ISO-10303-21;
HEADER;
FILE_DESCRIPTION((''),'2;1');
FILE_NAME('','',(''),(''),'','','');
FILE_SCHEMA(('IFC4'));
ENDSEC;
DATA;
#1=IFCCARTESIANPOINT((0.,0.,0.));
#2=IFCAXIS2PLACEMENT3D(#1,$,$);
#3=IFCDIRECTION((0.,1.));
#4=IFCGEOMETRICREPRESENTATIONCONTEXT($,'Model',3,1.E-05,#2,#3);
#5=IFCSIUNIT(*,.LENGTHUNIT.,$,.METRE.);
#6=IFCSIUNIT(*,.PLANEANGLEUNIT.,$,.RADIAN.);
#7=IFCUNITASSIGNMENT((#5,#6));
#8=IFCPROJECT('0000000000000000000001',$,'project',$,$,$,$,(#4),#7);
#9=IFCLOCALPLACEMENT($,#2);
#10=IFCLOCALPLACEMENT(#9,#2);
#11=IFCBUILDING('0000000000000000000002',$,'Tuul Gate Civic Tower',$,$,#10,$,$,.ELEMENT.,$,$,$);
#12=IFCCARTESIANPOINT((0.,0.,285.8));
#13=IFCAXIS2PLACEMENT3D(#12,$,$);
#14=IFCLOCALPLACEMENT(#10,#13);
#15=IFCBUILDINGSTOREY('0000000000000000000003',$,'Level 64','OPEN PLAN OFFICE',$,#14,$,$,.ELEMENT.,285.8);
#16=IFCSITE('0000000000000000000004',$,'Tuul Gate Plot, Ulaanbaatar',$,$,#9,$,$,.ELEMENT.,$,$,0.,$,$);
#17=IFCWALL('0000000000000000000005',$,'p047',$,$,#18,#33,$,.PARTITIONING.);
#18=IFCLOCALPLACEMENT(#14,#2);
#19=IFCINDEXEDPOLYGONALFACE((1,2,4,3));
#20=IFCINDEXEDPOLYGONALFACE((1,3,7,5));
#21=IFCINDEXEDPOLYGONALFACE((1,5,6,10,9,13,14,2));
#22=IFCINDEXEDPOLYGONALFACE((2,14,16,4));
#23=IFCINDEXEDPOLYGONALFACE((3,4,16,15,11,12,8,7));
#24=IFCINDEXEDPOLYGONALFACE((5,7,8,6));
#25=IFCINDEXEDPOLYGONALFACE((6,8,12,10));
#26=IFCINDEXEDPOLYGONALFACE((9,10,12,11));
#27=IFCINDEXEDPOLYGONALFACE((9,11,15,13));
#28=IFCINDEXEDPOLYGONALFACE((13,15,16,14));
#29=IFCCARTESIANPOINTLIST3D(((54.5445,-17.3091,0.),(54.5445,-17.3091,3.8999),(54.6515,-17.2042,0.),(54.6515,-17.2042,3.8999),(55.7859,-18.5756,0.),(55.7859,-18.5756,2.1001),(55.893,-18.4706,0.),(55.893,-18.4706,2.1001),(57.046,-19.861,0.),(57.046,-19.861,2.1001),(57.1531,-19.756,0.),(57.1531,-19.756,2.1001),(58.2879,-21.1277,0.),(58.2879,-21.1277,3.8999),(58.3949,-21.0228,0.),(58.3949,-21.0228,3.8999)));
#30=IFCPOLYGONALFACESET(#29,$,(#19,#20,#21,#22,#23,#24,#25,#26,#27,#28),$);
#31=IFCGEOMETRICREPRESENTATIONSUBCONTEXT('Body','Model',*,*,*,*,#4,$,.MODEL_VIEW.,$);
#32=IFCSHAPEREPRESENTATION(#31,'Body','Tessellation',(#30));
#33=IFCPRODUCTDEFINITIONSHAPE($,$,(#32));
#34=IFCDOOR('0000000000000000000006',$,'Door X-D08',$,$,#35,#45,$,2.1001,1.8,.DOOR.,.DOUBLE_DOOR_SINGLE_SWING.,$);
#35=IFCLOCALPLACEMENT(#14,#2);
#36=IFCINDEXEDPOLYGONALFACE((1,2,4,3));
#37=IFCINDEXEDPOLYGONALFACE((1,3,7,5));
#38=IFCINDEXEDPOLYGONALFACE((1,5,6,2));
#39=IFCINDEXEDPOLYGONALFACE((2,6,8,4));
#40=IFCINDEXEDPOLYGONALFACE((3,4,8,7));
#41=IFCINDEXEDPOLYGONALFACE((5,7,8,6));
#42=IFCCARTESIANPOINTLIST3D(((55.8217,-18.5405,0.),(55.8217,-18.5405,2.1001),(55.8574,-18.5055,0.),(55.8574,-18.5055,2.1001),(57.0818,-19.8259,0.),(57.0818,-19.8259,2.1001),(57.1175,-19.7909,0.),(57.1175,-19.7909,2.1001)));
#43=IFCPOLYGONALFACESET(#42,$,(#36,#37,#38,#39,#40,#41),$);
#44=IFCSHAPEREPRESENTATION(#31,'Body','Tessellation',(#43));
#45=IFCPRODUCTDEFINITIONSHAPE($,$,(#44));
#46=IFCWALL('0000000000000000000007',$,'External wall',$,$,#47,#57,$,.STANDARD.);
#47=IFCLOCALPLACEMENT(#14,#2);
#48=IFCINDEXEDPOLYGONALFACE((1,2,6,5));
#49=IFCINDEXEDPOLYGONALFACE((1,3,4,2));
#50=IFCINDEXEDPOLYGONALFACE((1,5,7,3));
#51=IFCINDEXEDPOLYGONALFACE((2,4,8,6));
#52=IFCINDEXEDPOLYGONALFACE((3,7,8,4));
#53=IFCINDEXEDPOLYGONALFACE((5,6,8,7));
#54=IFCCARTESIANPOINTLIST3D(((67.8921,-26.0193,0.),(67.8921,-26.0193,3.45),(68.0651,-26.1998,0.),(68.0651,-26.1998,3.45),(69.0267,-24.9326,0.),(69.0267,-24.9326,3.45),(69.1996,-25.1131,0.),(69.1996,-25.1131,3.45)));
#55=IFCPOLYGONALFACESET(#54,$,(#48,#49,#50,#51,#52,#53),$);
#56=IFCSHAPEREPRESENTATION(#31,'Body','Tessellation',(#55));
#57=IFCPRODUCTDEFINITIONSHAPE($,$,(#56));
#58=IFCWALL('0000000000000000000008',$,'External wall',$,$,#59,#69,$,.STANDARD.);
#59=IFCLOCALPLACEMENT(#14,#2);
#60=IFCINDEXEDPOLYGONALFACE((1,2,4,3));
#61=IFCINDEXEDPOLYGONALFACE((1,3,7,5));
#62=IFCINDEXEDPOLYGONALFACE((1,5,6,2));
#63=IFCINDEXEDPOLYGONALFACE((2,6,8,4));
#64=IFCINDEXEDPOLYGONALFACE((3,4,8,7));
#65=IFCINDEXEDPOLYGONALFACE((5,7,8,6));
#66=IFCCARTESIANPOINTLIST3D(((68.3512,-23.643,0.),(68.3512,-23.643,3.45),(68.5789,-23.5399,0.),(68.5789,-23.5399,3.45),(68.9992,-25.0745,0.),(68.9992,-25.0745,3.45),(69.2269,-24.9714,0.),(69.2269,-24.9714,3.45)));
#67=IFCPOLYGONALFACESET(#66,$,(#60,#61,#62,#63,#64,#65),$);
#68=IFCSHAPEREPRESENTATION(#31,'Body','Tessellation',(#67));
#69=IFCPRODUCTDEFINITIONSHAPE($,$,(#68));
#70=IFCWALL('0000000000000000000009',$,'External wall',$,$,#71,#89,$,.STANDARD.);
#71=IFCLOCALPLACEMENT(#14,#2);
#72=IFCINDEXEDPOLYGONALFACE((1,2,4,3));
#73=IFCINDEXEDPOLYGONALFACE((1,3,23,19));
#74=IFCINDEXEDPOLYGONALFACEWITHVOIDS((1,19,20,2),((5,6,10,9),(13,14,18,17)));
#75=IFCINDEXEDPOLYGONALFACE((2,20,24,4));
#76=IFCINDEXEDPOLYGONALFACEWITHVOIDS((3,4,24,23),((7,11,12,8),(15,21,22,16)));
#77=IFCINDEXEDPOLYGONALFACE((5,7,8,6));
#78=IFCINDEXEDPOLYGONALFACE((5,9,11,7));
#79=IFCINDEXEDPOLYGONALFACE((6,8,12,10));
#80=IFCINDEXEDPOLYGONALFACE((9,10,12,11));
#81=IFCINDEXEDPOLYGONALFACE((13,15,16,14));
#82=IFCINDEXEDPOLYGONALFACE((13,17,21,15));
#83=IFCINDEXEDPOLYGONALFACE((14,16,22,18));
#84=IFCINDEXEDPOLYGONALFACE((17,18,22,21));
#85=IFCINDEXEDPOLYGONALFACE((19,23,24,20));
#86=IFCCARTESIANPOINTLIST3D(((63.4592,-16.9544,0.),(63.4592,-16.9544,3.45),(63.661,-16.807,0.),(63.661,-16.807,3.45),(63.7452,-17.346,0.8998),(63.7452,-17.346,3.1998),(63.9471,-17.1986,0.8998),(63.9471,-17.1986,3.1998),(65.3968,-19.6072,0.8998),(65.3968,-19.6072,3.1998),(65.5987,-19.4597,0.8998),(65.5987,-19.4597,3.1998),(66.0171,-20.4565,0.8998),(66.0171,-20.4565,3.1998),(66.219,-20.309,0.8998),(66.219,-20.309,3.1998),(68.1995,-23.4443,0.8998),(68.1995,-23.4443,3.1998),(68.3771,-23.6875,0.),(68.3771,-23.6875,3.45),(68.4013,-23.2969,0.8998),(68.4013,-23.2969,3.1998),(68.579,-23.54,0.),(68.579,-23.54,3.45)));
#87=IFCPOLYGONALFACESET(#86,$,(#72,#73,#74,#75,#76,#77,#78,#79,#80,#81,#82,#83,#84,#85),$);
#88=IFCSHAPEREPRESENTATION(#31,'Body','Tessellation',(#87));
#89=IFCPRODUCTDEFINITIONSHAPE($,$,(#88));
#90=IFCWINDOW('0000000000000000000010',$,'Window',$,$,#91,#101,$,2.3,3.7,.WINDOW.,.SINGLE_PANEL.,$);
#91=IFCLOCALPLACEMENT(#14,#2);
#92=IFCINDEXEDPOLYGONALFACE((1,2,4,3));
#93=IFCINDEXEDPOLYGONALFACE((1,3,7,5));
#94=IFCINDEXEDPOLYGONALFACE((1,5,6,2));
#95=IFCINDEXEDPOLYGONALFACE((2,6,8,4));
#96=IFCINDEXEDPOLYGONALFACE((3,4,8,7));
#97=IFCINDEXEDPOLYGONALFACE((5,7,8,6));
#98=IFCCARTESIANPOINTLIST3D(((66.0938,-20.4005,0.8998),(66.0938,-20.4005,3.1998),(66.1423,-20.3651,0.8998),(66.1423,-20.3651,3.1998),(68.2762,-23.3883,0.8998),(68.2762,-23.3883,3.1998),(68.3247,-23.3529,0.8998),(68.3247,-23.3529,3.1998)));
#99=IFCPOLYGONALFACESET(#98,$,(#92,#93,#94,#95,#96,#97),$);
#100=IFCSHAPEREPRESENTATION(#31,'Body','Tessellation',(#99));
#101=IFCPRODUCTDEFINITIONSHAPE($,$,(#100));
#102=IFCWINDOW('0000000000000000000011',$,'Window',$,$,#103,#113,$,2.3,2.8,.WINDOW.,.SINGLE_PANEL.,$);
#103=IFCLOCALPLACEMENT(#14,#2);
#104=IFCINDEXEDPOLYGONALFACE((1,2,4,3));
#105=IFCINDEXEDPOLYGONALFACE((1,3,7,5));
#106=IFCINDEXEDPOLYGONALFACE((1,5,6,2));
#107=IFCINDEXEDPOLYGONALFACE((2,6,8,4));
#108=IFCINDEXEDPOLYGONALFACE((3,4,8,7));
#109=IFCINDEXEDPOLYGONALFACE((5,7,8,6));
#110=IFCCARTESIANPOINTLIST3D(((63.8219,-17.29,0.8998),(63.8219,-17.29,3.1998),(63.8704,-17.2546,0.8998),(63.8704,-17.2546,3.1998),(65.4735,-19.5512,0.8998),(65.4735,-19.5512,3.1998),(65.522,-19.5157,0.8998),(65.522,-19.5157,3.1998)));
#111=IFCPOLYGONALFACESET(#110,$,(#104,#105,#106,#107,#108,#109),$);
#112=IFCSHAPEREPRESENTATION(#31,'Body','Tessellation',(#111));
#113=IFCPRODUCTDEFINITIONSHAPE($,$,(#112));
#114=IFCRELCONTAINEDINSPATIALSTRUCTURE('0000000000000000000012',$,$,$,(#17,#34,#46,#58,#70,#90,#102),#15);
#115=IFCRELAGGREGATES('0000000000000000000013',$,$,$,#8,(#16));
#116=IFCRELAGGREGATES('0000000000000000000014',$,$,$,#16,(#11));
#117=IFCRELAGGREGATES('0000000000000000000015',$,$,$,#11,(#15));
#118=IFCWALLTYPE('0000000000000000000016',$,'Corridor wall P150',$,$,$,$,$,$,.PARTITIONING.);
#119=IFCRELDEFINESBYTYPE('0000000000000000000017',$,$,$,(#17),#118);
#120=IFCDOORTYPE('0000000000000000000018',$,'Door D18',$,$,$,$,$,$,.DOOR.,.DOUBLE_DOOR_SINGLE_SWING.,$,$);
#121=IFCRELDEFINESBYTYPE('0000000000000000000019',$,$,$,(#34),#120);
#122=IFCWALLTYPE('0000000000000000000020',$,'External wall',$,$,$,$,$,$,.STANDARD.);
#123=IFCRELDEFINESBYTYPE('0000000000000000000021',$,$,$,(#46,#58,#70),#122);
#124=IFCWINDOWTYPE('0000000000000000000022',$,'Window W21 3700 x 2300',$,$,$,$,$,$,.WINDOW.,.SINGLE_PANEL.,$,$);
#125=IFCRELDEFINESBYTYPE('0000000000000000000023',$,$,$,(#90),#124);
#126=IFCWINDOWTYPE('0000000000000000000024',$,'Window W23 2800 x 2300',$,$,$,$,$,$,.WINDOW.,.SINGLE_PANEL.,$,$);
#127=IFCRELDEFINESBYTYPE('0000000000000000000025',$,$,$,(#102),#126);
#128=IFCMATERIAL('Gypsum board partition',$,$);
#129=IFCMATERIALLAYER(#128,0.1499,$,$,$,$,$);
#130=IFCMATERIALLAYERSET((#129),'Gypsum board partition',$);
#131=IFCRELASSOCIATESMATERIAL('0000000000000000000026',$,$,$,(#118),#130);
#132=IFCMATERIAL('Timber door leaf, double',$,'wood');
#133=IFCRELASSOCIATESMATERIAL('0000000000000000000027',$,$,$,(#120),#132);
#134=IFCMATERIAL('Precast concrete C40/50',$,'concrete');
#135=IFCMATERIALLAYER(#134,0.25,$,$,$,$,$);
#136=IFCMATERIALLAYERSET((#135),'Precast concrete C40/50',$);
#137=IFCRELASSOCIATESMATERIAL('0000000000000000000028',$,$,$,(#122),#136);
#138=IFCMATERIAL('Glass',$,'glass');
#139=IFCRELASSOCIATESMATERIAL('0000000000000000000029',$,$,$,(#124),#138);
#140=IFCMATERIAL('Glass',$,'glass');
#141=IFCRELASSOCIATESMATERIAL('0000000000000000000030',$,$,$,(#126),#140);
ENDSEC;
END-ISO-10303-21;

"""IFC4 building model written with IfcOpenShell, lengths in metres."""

from ifc_helpers import new_model, si_unit, direction, frame, frame_2d, origin, place, context, subcontext, project, spatial, rectangle, extrude, material, layer, layer_set, type_object, element, fill, save


model = new_model("IFC4")

# Units and contexts
model_context = context("Model", 3, precision=1e-05, world=origin(), true_north=direction((0.0, 1.0)))
body_context = subcontext(model_context, "Body", "Model", "MODEL_VIEW")
ifc_project = project(units=[si_unit("LENGTHUNIT", "METRE"), si_unit("PLANEANGLEUNIT", "RADIAN")], contexts=[model_context])

# Site, building, storey
site_placement = place(None, origin())
site = spatial("IfcSite", under=ifc_project, at=site_placement, Name="Tuul Gate Plot, Ulaanbaatar", CompositionType="ELEMENT", RefElevation=0.0)
building_placement = place(site_placement, origin())
building = spatial("IfcBuilding", under=site, at=building_placement, Name="Tuul Gate Civic Tower", CompositionType="ELEMENT")
storey_placement = place(building_placement, frame((0.0, 0.0, 285.8)))
storey = spatial("IfcBuildingStorey", under=building, at=storey_placement, Name="Level 64", Description="OPEN PLAN OFFICE", CompositionType="ELEMENT", Elevation=285.8)

# Shared definitions
ifc_material_1 = material(Name="Gypsum board partition")
ifc_layer_1 = layer(ifc_material_1, 0.1499)
ifc_layer_set_1 = layer_set([ifc_layer_1], Name="Gypsum board partition")
wall_type_1 = type_object("IfcWallType", Name="Corridor wall P150", PredefinedType="PARTITIONING", material=ifc_layer_set_1)

# Wall, opening, door
wall_1_placement = place(storey_placement, frame((54.5979, -17.2566, 0.0), z_axis=(0.0, 0.0, 1.0), x_axis=(0.700041, -0.714103, 0.0)))
wall_1 = element("IfcWall", 1, at=wall_1_placement, inside=storey, type_object=wall_type_1, Name="p047", PredefinedType="PARTITIONING", context=body_context, shape_type="SweptSolid", body=[
    extrude(rectangle(XDim=5.3474, YDim=0.1499, at=frame_2d((2.6738, 0.0))), origin(), (0.0, 0.0, 1.0), 3.8999),
])
opening_1_placement = place(wall_1_placement, frame((1.7737, 0.0, 0.0)))
opening_1 = element("IfcOpeningElement", 2, at=opening_1_placement, cuts=wall_1, PredefinedType="OPENING", context=body_context, shape_type="SweptSolid", body=[
    extrude(rectangle(XDim=1.8, YDim=2.1001, at=frame_2d((0.8999, 1.05))), frame((0.0, 0.085, 0.0), z_axis=(0.0, -1.0, 0.0), x_axis=(1.0, 0.0, 0.0)), (0.0, 0.0, 1.0), 0.1699),
])
ifc_material_2 = material(Name="Timber door leaf, double", Category="wood")
door_type_1 = type_object("IfcDoorType", Name="Door D18", OperationType="DOUBLE_DOOR_SINGLE_SWING", PredefinedType="DOOR", material=ifc_material_2)
door_1_placement = place(opening_1_placement, frame((1.8, 0.0, 0.0), z_axis=(0.0, 0.0, 1.0), x_axis=(-1.0, 0.0, 0.0)))
door_1 = element("IfcDoor", 3, at=door_1_placement, inside=storey, type_object=door_type_1, Name="Door X-D08", OperationType="DOUBLE_DOOR_SINGLE_SWING", OverallHeight=2.1001, OverallWidth=1.8, PredefinedType="DOOR", context=body_context, shape_type="SweptSolid", body=[
    extrude(rectangle(XDim=1.8, YDim=2.1001, at=frame_2d((0.9001, 1.05))), frame((0.0, 0.0249, 0.0), z_axis=(0.0, -1.0, 0.0), x_axis=(1.0, 0.0, 0.0)), (0.0, 0.0, 1.0), 0.05),
])
fill(opening_1, door_1)

# Walls
ifc_material_3 = material(Name="Precast concrete C40/50", Category="concrete")
ifc_layer_2 = layer(ifc_material_3, 0.25)
ifc_layer_set_2 = layer_set([ifc_layer_2], Name="Precast concrete C40/50")
wall_type_2 = type_object("IfcWallType", Name="External wall", PredefinedType="STANDARD", material=ifc_layer_set_2)
wall_2_placement = place(storey_placement, frame((67.9785, -26.1096, 0.0), z_axis=(0.0, 0.0, 1.0), x_axis=(0.722173, 0.691713, 0.0)))
element("IfcWall", 4, at=wall_2_placement, inside=storey, type_object=wall_type_2, Name="External wall", PredefinedType="STANDARD", context=body_context, shape_type="SweptSolid", body=[
    extrude(rectangle(XDim=1.571, YDim=0.25, at=frame_2d((0.7856, 0.0))), origin(), (0.0, 0.0, 1.0), 3.45),
])
wall_3_placement = place(storey_placement, frame((69.113, -25.0229, 0.0), z_axis=(0.0, 0.0, 1.0), x_axis=(-0.412386, 0.911009, 0.0)))
element("IfcWall", 5, at=wall_3_placement, inside=storey, type_object=wall_type_2, Name="External wall", PredefinedType="STANDARD", context=body_context, shape_type="SweptSolid", body=[
    extrude(rectangle(XDim=1.5713, YDim=0.25, at=frame_2d((0.7856, 0.0))), origin(), (0.0, 0.0, 1.0), 3.45),
])

# Wall, openings, windows
wall_4_placement = place(storey_placement, frame((68.478, -23.6138, 0.0), z_axis=(0.0, 0.0, 1.0), x_axis=(-0.589828, 0.807529, 0.0)))
wall_4 = element("IfcWall", 6, at=wall_4_placement, inside=storey, type_object=wall_type_2, Name="External wall", PredefinedType="STANDARD", context=body_context, shape_type="SweptSolid", body=[
    extrude(rectangle(XDim=8.3379, YDim=0.25, at=frame_2d((4.1689, 0.0))), origin(), (0.0, 0.0, 1.0), 3.45),
])
opening_2_placement = place(wall_4_placement, frame((0.301, 0.0, 0.8999)))
opening_2 = element("IfcOpeningElement", 7, at=opening_2_placement, cuts=wall_4, PredefinedType="OPENING", context=body_context, shape_type="SweptSolid", body=[
    extrude(rectangle(XDim=3.7, YDim=2.3, at=frame_2d((1.8501, 1.1499))), frame((0.0, 0.135, 0.0), z_axis=(0.0, -1.0, 0.0), x_axis=(1.0, 0.0, 0.0)), (0.0, 0.0, 1.0), 0.27),
])
opening_3_placement = place(wall_4_placement, frame((5.053, 0.0, 0.8999)))
opening_3 = element("IfcOpeningElement", 8, at=opening_3_placement, cuts=wall_4, PredefinedType="OPENING", context=body_context, shape_type="SweptSolid", body=[
    extrude(rectangle(XDim=2.8, YDim=2.3, at=frame_2d((1.3999, 1.1499))), frame((0.0, 0.135, 0.0), z_axis=(0.0, -1.0, 0.0), x_axis=(1.0, 0.0, 0.0)), (0.0, 0.0, 1.0), 0.27),
])
ifc_material_4 = material(Name="Glass", Category="glass")
window_type_1 = type_object("IfcWindowType", Name="Window W21 3700 x 2300", PartitioningType="SINGLE_PANEL", PredefinedType="WINDOW", material=ifc_material_4)
window_1_placement = place(opening_2_placement, origin())
window_1 = element("IfcWindow", 9, at=window_1_placement, inside=storey, type_object=window_type_1, Name="Window", OverallHeight=2.3, OverallWidth=3.7, PartitioningType="SINGLE_PANEL", PredefinedType="WINDOW", context=body_context, shape_type="SweptSolid", body=[
    extrude(rectangle(XDim=3.7, YDim=2.3, at=frame_2d((1.8501, 1.1499))), frame((0.0, 0.03, 0.0), z_axis=(0.0, -1.0, 0.0), x_axis=(1.0, 0.0, 0.0)), (0.0, 0.0, 1.0), 0.0601),
])
fill(opening_2, window_1)
ifc_material_5 = material(Name="Glass", Category="glass")
window_type_2 = type_object("IfcWindowType", Name="Window W23 2800 x 2300", PartitioningType="SINGLE_PANEL", PredefinedType="WINDOW", material=ifc_material_5)
window_2_placement = place(opening_3_placement, origin())
window_2 = element("IfcWindow", 10, at=window_2_placement, inside=storey, type_object=window_type_2, Name="Window", OverallHeight=2.3, OverallWidth=2.8, PartitioningType="SINGLE_PANEL", PredefinedType="WINDOW", context=body_context, shape_type="SweptSolid", body=[
    extrude(rectangle(XDim=2.8, YDim=2.3, at=frame_2d((1.3999, 1.1499))), frame((0.0, 0.03, 0.0), z_axis=(0.0, -1.0, 0.0), x_axis=(1.0, 0.0, 0.0)), (0.0, 0.0, 1.0), 0.0601),
])
fill(opening_3, window_2)

save(model, "model.ifc")
